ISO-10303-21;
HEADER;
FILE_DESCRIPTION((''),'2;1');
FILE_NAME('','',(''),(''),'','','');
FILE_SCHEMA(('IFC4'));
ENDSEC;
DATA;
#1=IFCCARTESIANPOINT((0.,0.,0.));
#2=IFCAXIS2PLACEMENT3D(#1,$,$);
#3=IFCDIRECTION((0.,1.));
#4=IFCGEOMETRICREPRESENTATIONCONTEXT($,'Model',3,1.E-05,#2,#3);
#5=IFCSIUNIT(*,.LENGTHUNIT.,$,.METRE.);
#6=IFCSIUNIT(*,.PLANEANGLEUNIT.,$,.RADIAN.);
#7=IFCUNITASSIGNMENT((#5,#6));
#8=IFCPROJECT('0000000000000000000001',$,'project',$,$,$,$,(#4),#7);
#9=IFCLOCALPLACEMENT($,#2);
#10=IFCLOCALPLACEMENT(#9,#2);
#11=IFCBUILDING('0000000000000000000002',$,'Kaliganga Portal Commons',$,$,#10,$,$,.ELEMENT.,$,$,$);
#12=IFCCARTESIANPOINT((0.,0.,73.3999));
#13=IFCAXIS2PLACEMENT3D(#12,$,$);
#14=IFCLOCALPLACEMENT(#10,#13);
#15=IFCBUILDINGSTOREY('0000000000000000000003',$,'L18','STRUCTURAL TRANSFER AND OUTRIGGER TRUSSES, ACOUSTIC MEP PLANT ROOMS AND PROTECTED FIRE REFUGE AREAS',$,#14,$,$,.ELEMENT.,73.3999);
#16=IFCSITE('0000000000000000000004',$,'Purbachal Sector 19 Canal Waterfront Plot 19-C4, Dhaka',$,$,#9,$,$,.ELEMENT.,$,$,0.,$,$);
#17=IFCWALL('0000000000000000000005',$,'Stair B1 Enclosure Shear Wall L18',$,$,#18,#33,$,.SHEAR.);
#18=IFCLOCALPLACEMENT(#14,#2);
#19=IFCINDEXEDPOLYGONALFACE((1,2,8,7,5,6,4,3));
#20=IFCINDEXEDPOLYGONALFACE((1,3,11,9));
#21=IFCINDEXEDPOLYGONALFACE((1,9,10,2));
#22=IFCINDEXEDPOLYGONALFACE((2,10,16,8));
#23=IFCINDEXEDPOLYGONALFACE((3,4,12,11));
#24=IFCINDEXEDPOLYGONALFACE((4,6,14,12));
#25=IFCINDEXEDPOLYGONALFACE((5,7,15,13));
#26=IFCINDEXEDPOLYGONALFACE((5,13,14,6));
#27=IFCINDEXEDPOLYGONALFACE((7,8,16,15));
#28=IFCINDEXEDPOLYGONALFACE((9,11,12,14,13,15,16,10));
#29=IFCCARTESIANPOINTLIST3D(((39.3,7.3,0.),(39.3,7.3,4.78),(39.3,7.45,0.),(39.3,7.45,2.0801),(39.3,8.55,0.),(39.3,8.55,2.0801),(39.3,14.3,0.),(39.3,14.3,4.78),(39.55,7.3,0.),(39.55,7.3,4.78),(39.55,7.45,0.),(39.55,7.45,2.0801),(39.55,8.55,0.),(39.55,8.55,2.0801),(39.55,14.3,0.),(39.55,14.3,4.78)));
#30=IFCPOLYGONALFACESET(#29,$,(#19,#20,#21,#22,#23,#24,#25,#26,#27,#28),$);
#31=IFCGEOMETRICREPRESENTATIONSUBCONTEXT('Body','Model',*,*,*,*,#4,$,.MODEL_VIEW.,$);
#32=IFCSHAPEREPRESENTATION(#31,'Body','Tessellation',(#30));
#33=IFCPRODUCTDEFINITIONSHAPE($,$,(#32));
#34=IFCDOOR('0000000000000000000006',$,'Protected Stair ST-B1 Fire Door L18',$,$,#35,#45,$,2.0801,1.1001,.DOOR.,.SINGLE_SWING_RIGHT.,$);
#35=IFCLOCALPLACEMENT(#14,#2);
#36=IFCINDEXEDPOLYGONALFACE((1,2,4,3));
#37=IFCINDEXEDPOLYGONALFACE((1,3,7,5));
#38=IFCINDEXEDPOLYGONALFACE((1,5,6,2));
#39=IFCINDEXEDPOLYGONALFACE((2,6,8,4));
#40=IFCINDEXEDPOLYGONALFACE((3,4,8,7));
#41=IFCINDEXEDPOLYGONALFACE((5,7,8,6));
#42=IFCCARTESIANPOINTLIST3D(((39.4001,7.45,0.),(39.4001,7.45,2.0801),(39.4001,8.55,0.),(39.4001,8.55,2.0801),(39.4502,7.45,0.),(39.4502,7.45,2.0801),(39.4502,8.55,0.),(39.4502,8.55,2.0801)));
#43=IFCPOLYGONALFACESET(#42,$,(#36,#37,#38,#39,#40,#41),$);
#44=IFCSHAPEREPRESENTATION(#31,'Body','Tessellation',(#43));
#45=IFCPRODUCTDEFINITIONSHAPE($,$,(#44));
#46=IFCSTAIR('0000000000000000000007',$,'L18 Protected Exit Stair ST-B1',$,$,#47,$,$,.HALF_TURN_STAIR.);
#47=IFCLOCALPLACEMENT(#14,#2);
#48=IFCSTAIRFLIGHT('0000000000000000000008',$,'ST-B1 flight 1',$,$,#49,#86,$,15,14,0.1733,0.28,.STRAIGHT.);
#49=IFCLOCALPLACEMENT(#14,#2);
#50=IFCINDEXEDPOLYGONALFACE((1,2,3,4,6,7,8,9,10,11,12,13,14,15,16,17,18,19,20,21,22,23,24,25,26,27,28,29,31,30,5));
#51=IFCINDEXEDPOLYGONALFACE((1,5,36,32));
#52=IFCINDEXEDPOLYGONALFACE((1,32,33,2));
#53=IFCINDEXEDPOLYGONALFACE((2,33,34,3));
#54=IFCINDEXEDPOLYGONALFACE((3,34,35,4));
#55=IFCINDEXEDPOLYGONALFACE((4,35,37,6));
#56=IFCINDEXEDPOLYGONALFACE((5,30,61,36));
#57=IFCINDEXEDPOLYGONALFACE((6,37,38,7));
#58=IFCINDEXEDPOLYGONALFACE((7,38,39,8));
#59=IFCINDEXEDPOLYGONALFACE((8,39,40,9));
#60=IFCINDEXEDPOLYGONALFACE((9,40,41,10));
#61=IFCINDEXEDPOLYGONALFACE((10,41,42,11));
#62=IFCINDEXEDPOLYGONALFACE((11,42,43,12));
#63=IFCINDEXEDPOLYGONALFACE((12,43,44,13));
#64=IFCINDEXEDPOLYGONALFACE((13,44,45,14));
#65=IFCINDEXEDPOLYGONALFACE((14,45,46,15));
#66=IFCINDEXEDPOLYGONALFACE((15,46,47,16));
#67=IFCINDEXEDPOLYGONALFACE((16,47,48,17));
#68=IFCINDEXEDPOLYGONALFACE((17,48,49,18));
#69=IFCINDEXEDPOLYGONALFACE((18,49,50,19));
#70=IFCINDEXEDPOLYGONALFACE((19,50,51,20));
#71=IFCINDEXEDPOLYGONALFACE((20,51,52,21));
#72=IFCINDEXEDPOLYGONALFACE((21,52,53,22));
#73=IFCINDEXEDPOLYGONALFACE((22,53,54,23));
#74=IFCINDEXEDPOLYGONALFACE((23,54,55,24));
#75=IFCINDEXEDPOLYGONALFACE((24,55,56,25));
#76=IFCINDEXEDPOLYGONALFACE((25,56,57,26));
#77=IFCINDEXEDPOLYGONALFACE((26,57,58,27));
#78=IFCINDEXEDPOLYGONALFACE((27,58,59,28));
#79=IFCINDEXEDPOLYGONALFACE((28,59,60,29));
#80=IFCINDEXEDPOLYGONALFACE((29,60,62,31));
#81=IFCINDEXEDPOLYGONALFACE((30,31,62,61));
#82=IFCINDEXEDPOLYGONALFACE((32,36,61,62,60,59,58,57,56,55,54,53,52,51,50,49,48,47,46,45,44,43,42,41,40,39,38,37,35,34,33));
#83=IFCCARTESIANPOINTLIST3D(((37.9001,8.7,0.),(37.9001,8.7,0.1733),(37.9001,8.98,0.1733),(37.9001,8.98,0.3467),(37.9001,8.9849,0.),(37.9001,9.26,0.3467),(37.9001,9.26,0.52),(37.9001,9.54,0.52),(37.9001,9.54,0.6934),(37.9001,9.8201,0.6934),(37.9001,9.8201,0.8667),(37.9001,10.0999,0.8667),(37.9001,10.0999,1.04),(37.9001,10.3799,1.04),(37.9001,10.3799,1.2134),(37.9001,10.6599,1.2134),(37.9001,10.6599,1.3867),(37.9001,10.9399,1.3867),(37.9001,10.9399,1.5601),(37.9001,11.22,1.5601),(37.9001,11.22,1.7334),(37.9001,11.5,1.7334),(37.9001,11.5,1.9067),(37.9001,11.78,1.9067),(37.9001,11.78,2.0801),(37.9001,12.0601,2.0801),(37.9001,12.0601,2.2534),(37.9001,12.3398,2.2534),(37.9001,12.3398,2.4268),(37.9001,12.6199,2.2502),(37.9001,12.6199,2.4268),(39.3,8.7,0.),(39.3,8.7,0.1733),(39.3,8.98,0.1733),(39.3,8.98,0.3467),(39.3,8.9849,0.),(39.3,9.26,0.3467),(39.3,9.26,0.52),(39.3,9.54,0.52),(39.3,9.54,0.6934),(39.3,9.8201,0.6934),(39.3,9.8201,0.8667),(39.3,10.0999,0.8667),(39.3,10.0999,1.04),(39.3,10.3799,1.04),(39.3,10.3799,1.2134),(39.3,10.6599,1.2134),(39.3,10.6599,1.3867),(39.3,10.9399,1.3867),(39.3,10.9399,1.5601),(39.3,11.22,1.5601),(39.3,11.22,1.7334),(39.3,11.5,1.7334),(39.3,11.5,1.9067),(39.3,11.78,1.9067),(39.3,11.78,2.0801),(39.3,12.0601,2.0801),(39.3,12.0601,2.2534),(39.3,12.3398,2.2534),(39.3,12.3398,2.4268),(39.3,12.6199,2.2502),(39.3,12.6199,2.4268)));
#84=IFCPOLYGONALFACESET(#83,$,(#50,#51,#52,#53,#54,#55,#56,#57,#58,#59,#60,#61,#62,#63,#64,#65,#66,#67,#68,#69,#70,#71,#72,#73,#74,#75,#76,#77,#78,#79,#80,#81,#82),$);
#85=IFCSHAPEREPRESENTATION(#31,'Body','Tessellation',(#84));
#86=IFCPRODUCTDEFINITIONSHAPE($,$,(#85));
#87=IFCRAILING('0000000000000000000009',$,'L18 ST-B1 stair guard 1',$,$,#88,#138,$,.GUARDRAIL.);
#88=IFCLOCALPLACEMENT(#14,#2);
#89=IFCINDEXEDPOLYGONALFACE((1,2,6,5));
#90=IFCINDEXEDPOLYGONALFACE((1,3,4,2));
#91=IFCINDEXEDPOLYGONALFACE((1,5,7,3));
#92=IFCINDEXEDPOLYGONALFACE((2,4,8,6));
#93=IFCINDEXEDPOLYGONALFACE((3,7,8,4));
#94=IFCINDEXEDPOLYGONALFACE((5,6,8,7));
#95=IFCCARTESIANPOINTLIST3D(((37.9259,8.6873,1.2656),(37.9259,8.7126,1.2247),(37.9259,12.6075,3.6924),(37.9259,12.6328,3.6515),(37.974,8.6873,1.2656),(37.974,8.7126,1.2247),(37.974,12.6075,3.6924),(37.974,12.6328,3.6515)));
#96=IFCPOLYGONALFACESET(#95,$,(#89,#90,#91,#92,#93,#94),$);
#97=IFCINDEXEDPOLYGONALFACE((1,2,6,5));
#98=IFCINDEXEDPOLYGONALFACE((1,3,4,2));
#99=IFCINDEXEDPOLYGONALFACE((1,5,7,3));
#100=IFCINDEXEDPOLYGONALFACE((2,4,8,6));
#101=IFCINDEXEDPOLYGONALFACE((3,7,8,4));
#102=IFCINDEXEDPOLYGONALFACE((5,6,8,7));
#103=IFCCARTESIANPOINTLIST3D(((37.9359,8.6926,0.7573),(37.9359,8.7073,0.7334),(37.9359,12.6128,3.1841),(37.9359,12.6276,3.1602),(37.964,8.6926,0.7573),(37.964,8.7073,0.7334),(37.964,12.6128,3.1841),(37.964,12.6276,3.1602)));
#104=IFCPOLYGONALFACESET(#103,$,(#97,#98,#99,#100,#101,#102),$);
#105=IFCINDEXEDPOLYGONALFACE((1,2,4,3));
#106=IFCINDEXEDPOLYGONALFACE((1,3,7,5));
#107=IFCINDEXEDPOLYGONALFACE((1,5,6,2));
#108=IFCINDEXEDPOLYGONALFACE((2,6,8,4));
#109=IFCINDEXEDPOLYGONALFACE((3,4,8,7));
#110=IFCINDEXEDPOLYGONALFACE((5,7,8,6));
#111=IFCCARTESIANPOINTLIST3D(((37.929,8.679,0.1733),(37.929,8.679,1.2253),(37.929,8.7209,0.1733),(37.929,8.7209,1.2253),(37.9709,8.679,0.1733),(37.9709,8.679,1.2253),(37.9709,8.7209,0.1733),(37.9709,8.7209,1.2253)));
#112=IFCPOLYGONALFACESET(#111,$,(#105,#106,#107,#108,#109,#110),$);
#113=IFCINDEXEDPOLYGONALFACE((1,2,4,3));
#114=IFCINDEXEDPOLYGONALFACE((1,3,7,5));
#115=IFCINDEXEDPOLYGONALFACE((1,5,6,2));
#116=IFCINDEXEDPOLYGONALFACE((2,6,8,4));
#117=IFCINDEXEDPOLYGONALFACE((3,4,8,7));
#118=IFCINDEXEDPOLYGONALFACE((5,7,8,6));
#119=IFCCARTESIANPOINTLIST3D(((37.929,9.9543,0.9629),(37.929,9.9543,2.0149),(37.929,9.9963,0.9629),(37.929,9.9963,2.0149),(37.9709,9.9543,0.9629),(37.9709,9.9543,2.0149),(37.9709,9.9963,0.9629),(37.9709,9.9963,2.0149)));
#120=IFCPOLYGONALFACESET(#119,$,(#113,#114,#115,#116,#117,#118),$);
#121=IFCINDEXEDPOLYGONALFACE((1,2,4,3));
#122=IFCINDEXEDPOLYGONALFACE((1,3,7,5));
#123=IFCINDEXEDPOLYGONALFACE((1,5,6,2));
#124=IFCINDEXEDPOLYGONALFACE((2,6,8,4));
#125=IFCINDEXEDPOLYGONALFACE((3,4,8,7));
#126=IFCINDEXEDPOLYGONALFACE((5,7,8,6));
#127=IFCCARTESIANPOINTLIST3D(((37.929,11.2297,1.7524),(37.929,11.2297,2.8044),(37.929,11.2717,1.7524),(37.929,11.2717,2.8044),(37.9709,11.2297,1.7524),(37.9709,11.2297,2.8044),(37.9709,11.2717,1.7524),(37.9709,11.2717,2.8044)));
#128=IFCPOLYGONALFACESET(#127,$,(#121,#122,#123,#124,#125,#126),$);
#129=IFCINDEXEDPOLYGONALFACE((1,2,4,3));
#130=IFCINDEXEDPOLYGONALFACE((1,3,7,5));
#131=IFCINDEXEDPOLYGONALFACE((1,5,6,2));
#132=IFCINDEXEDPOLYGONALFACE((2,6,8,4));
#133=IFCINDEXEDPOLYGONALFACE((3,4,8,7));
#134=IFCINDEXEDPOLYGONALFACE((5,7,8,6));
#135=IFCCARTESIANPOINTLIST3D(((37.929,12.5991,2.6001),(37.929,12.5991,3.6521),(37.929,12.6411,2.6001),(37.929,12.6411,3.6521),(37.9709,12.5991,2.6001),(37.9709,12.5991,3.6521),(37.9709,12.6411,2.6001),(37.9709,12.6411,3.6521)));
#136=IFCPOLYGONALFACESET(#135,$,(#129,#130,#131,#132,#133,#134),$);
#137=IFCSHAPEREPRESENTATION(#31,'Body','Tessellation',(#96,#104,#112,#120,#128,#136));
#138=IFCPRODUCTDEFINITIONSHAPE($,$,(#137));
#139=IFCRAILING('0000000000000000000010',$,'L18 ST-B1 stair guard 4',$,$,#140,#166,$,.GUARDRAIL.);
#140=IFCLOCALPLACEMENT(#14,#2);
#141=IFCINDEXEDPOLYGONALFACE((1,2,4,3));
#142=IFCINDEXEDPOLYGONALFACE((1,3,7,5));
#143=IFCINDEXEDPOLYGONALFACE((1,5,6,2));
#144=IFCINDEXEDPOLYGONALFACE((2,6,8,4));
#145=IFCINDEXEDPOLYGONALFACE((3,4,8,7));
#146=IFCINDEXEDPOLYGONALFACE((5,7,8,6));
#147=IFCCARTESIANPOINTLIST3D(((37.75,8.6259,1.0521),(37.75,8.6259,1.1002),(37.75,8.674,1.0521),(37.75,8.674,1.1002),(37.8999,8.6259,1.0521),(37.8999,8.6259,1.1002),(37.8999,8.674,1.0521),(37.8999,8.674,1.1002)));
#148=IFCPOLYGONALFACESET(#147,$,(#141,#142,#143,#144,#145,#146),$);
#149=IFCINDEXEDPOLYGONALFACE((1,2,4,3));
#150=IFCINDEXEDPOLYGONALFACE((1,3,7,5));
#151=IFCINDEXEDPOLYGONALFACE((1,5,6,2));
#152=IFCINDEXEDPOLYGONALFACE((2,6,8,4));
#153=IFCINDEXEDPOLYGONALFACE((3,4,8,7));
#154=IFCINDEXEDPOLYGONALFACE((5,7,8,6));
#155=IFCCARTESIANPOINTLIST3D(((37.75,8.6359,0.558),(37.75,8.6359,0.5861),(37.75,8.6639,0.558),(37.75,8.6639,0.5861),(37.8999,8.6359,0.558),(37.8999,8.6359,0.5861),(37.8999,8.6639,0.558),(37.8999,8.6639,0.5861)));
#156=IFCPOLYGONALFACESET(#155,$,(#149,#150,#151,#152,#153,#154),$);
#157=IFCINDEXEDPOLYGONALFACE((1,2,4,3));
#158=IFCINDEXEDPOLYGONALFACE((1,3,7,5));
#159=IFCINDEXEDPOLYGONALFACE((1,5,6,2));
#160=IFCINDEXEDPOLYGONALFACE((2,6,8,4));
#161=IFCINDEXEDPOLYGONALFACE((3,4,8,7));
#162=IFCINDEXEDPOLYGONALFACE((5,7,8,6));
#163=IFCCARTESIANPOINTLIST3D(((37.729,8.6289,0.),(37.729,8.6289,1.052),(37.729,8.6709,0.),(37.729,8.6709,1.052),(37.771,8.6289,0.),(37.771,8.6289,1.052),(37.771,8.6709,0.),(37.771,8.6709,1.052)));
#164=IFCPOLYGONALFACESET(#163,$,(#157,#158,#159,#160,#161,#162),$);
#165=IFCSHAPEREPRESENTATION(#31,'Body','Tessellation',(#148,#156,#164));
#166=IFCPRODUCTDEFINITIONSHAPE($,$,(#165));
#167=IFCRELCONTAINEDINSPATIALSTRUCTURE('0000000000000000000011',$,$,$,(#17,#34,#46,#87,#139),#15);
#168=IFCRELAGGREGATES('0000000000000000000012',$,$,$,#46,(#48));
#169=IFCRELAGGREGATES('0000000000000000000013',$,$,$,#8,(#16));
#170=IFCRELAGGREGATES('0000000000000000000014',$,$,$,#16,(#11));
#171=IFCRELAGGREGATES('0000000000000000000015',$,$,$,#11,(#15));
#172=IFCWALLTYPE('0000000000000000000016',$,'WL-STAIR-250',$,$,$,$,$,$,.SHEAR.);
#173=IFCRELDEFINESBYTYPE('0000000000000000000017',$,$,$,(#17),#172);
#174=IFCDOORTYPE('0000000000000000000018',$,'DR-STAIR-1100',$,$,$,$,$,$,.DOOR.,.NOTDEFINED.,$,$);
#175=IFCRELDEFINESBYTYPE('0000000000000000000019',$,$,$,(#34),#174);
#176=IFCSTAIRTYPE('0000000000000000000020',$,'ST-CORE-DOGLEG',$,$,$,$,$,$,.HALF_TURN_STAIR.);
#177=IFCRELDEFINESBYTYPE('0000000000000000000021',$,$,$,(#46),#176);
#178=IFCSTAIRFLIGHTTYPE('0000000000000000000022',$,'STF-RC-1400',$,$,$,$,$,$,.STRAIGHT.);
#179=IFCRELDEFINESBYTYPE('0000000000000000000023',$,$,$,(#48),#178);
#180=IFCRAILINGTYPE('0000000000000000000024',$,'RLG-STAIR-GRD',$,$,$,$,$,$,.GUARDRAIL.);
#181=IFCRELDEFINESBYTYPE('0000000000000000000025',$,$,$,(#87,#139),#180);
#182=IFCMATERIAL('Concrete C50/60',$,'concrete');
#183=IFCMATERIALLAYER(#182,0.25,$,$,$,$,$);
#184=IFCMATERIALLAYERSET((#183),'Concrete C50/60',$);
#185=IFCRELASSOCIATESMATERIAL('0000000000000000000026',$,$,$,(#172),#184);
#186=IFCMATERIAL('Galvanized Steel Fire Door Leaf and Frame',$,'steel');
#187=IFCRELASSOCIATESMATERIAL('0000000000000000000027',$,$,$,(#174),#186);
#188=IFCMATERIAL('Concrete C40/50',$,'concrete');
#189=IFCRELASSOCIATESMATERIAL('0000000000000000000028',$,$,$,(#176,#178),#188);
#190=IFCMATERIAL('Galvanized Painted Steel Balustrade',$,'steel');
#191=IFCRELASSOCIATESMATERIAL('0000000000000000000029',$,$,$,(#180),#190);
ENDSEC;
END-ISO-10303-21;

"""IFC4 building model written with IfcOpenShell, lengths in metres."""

from ifc_helpers import new_model, si_unit, direction, frame, frame_2d, origin, origin_2d, place, context, subcontext, project, spatial, polyline, rectangle, outline, extrude, material, layer, layer_set, type_object, element, fill, aggregate, save


model = new_model("IFC4")

# Units and contexts
model_context = context("Model", 3, precision=1e-05, world=origin(), true_north=direction((0.0, 1.0)))
body_context = subcontext(model_context, "Body", "Model", "MODEL_VIEW")
ifc_project = project(units=[si_unit("LENGTHUNIT", "METRE"), si_unit("PLANEANGLEUNIT", "RADIAN")], contexts=[model_context])

# Site, building, storey
site_placement = place(None, origin())
site = spatial("IfcSite", under=ifc_project, at=site_placement, Name="Purbachal Sector 19 Canal Waterfront Plot 19-C4, Dhaka", CompositionType="ELEMENT", RefElevation=0.0)
building_placement = place(site_placement, origin())
building = spatial("IfcBuilding", under=site, at=building_placement, Name="Kaliganga Portal Commons", CompositionType="ELEMENT")
storey_placement = place(building_placement, frame((0.0, 0.0, 73.3999)))
storey = spatial("IfcBuildingStorey", under=building, at=storey_placement, Name="L18", Description="STRUCTURAL TRANSFER AND OUTRIGGER TRUSSES, ACOUSTIC MEP PLANT ROOMS AND PROTECTED FIRE REFUGE AREAS", CompositionType="ELEMENT", Elevation=73.3999)

# Wall, opening, door
ifc_material_1 = material(Name="Concrete C50/60", Category="concrete")
ifc_layer_1 = layer(ifc_material_1, 0.25)
ifc_layer_set_1 = layer_set([ifc_layer_1], Name="Concrete C50/60")
wall_type_1 = type_object("IfcWallType", Name="WL-STAIR-250", PredefinedType="SHEAR", material=ifc_layer_set_1)
wall_1_placement = place(storey_placement, frame((39.425, 7.3, 0.0), z_axis=(0.0, 0.0, 1.0), x_axis=(0.0, 1.0, 0.0)))
wall_1 = element("IfcWall", 1, at=wall_1_placement, inside=storey, type_object=wall_type_1, Name="Stair B1 Enclosure Shear Wall L18", PredefinedType="SHEAR", context=body_context, shape_type="SweptSolid", body=[
    extrude(rectangle(XDim=7.0, YDim=0.25, at=frame_2d((3.5, 0.0))), origin(), (0.0, 0.0, 1.0), 4.78),
])
opening_1_placement = place(wall_1_placement, frame((0.1499, 0.0, 0.0)))
opening_1 = element("IfcOpeningElement", 2, at=opening_1_placement, cuts=wall_1, PredefinedType="OPENING", context=body_context, shape_type="SweptSolid", body=[
    extrude(rectangle(XDim=1.1001, YDim=2.0801, at=frame_2d((0.55, 1.04))), frame((0.0, 0.135, 0.0), z_axis=(0.0, -1.0, 0.0), x_axis=(1.0, 0.0, 0.0)), (0.0, 0.0, 1.0), 0.27),
])
ifc_material_2 = material(Name="Galvanized Steel Fire Door Leaf and Frame", Category="steel")
door_type_1 = type_object("IfcDoorType", Name="DR-STAIR-1100", OperationType="NOTDEFINED", PredefinedType="DOOR", material=ifc_material_2)
door_1_placement = place(opening_1_placement, origin())
door_1 = element("IfcDoor", 3, at=door_1_placement, inside=storey, type_object=door_type_1, Name="Protected Stair ST-B1 Fire Door L18", OperationType="SINGLE_SWING_RIGHT", OverallHeight=2.0801, OverallWidth=1.1001, PredefinedType="DOOR", context=body_context, shape_type="SweptSolid", body=[
    extrude(rectangle(XDim=1.1001, YDim=2.0801, at=frame_2d((0.55, 1.04))), frame((0.0, 0.0249, 0.0), z_axis=(0.0, -1.0, 0.0), x_axis=(1.0, 0.0, 0.0)), (0.0, 0.0, 1.0), 0.05),
])
fill(opening_1, door_1)

# Stair, stair flight
ifc_material_3 = material(Name="Concrete C40/50", Category="concrete")
stair_type = type_object("IfcStairType", Name="ST-CORE-DOGLEG", PredefinedType="HALF_TURN_STAIR", material=ifc_material_3)
stair_placement = place(storey_placement, origin())
stair = element("IfcStair", 4, at=stair_placement, inside=storey, type_object=stair_type, Name="L18 Protected Exit Stair ST-B1", PredefinedType="HALF_TURN_STAIR")
stair_flight_type = type_object("IfcStairFlightType", Name="STF-RC-1400", PredefinedType="STRAIGHT", material=ifc_material_3)
stair_flight_placement = place(storey_placement, frame((38.6001, 8.7, 0.0), z_axis=(0.0, 0.0, 1.0), x_axis=(0.0, 1.0, 0.0)))
stair_flight = element("IfcStairFlight", 5, at=stair_flight_placement, type_object=stair_flight_type, Name="ST-B1 flight 1", NumberOfRisers=15, NumberOfTreads=14, PredefinedType="STRAIGHT", RiserHeight=0.1733, TreadLength=0.28, context=body_context, shape_type="SweptSolid", body=[
    extrude(outline(polyline([(0.0, 0.0), (0.0, 0.1733), (0.28, 0.1733), (0.28, 0.3467), (0.5601, 0.3467), (0.5601, 0.52), (0.8401, 0.52), (0.8401, 0.6934), (1.1201, 0.6934), (1.1201, 0.8667), (1.3999, 0.8667), (1.3999, 1.04), (1.6799, 1.04), (1.6799, 1.2134), (1.96, 1.2134), (1.96, 1.3867), (2.24, 1.3867), (2.24, 1.5601), (2.52, 1.5601), (2.52, 1.7334), (2.8, 1.7334), (2.8, 1.9067), (3.0801, 1.9067), (3.0801, 2.0801), (3.3601, 2.0801), (3.3601, 2.2534), (3.6399, 2.2534), (3.6399, 2.4268), (3.9199, 2.4268), (3.9199, 2.6001), (3.9199, 2.2502), (0.2849, 0.0), (0.0, 0.0)])), frame((0.0, 0.7, 0.0), z_axis=(0.0, -1.0, 0.0), x_axis=(1.0, 0.0, 0.0)), (0.0, 0.0, 1.0), 1.3999),
])
aggregate(stair, [stair_flight])

# Railings
ifc_material_4 = material(Name="Galvanized Painted Steel Balustrade", Category="steel")
railing_type_1 = type_object("IfcRailingType", Name="RLG-STAIR-GRD", PredefinedType="GUARDRAIL", material=ifc_material_4)
railing_1_placement = place(storey_placement, frame((37.95, 8.7, 0.1733)))
element("IfcRailing", 6, at=railing_1_placement, inside=storey, type_object=railing_type_1, Name="L18 ST-B1 stair guard 1", PredefinedType="GUARDRAIL", context=body_context, shape_type="SweptSolid", body=[
    extrude(rectangle(XDim=0.0481, YDim=0.0481, at=origin_2d()), frame((0.0, 0.0, 1.0718), z_axis=(0.0, 0.850266, 0.526353), x_axis=(-1.0, 0.0, 0.0)), (0.0, 0.0, 1.0), 4.6106),
    extrude(rectangle(XDim=0.0281, YDim=0.0281, at=origin_2d()), frame((0.0, 0.0, 0.572), z_axis=(0.0, 0.850266, 0.526353), x_axis=(-1.0, 0.0, 0.0)), (0.0, 0.0, 1.0), 4.6106),
    extrude(rectangle(XDim=0.042, YDim=0.042, at=origin_2d()), origin(), (0.0, 0.0, 1.0), 1.052),
    extrude(rectangle(XDim=0.042, YDim=0.042, at=origin_2d()), frame((0.0, 1.2754, 0.7896)), (0.0, 0.0, 1.0), 1.052),
    extrude(rectangle(XDim=0.042, YDim=0.042, at=origin_2d()), frame((0.0, 2.5508, 1.5791)), (0.0, 0.0, 1.0), 1.052),
    extrude(rectangle(XDim=0.042, YDim=0.042, at=origin_2d()), frame((0.0, 3.9202, 2.4268)), (0.0, 0.0, 1.0), 1.052),
])
railing_2_placement = place(storey_placement, frame((37.8999, 8.6499, 0.0)))
element("IfcRailing", 7, at=railing_2_placement, inside=storey, type_object=railing_type_1, Name="L18 ST-B1 stair guard 4", PredefinedType="GUARDRAIL", context=body_context, shape_type="SweptSolid", body=[
    extrude(rectangle(XDim=0.0481, YDim=0.0481, at=origin_2d()), frame((0.0, 0.0, 1.0762), z_axis=(-1.0, 0.0, 0.0), x_axis=(0.0, -1.0, 0.0)), (0.0, 0.0, 1.0), 0.1499),
    extrude(rectangle(XDim=0.0281, YDim=0.0281, at=origin_2d()), frame((0.0, 0.0, 0.572), z_axis=(-1.0, 0.0, 0.0), x_axis=(0.0, -1.0, 0.0)), (0.0, 0.0, 1.0), 0.1499),
    extrude(rectangle(XDim=0.042, YDim=0.042, at=origin_2d()), frame((-0.1499, 0.0, 0.0)), (0.0, 0.0, 1.0), 1.052),
])

save(model, "model.ifc")
